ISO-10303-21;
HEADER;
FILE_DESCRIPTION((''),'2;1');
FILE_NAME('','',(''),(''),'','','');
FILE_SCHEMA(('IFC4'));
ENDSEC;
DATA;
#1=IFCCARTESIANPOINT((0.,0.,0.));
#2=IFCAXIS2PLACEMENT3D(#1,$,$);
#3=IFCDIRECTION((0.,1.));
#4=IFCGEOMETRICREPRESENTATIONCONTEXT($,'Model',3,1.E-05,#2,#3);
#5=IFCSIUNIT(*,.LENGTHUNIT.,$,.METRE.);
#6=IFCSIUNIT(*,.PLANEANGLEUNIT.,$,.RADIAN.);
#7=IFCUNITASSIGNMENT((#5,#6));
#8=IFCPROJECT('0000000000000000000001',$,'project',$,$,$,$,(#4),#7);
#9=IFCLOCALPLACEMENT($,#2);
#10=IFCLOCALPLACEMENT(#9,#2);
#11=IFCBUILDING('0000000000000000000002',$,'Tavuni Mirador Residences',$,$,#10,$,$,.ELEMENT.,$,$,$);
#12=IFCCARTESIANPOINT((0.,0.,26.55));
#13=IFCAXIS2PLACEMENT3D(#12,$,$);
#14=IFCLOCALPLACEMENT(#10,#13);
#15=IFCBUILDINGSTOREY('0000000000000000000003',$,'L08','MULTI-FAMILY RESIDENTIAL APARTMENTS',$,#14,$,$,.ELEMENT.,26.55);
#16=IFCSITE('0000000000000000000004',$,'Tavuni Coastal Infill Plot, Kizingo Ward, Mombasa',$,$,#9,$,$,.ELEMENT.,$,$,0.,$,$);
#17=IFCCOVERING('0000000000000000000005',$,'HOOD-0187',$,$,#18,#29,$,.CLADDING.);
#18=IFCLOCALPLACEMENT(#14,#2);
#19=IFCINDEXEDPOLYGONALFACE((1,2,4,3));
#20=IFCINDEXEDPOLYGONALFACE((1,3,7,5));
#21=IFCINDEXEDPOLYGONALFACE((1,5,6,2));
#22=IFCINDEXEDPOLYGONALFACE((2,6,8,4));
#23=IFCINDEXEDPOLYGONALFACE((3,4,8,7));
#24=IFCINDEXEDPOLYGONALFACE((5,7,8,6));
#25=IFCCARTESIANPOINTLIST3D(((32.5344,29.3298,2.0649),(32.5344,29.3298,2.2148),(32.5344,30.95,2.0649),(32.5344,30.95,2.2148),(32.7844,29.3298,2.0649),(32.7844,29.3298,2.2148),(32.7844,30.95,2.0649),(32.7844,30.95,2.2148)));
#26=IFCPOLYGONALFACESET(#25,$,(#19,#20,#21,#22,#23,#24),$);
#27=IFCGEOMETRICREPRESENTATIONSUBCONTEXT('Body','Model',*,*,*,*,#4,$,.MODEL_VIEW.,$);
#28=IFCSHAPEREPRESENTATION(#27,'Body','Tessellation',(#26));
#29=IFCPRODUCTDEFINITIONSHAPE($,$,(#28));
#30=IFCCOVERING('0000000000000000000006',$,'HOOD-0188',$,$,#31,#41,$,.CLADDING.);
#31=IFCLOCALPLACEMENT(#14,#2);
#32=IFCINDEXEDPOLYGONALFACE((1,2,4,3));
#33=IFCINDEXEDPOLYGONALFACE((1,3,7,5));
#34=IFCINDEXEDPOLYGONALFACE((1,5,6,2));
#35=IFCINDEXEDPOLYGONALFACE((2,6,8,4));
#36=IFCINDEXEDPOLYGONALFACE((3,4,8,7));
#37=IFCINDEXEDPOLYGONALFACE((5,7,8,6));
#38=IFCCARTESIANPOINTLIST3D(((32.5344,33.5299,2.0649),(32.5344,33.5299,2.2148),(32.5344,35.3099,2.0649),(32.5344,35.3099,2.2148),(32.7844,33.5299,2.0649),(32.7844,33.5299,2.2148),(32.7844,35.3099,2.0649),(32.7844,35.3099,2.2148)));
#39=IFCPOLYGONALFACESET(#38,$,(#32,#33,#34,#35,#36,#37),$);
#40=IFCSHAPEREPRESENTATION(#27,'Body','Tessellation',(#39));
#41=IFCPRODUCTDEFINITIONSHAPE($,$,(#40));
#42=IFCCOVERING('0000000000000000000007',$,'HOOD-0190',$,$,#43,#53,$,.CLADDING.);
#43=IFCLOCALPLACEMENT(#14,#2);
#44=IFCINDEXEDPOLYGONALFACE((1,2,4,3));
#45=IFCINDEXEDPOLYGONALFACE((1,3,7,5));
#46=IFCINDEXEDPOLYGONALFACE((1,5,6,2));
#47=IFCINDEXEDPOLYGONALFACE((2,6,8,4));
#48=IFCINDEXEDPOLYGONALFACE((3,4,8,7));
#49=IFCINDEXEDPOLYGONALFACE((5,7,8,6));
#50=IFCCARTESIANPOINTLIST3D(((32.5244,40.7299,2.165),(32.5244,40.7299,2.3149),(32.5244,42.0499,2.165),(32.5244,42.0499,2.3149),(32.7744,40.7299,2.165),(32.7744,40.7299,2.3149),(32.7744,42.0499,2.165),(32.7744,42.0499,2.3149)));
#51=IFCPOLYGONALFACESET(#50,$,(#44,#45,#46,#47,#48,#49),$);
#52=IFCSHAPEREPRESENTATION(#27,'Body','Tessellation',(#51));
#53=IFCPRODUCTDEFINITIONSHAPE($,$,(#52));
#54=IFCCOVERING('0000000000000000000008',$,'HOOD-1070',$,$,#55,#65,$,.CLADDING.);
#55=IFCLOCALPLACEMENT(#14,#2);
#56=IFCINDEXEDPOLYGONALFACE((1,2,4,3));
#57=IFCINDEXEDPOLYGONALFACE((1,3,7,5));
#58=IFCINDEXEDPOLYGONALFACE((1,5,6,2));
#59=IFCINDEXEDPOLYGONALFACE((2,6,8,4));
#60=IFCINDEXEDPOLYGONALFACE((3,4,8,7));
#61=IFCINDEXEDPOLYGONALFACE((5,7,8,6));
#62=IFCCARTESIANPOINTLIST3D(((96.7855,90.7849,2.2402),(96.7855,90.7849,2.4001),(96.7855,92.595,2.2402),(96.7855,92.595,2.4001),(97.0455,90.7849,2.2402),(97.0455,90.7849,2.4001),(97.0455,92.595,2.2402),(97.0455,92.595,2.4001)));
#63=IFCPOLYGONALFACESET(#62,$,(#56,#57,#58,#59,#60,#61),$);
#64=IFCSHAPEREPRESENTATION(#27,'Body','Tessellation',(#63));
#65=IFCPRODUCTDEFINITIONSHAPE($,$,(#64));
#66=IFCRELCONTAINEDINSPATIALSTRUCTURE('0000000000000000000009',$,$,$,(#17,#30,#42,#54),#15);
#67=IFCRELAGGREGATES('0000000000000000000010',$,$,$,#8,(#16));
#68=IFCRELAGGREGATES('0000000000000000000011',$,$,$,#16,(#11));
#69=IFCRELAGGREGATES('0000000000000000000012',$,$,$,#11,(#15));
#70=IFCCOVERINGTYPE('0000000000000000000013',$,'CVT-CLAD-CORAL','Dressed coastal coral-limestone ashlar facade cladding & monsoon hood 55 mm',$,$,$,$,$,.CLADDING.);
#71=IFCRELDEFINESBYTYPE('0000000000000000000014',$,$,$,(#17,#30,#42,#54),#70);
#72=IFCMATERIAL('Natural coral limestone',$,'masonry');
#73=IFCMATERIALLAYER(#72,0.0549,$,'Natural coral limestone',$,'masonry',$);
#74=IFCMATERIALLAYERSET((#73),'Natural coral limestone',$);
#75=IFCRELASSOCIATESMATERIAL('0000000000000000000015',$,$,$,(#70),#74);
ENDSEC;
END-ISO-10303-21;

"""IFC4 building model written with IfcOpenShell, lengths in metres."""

from ifc_helpers import new_model, si_unit, direction, frame, origin, origin_2d, place, context, subcontext, project, spatial, rectangle, extrude, material, layer, layer_set, type_object, element, save


model = new_model("IFC4")

# Units and contexts
model_context = context("Model", 3, precision=1e-05, world=origin(), true_north=direction((0.0, 1.0)))
body_context = subcontext(model_context, "Body", "Model", "MODEL_VIEW")
ifc_project = project(units=[si_unit("LENGTHUNIT", "METRE"), si_unit("PLANEANGLEUNIT", "RADIAN")], contexts=[model_context])

# Site, building, storey
site_placement = place(None, origin())
site = spatial("IfcSite", under=ifc_project, at=site_placement, Name="Tavuni Coastal Infill Plot, Kizingo Ward, Mombasa", CompositionType="ELEMENT", RefElevation=0.0)
building_placement = place(site_placement, origin())
building = spatial("IfcBuilding", under=site, at=building_placement, Name="Tavuni Mirador Residences", CompositionType="ELEMENT")
storey_placement = place(building_placement, frame((0.0, 0.0, 26.55)))
storey = spatial("IfcBuildingStorey", under=building, at=storey_placement, Name="L08", Description="MULTI-FAMILY RESIDENTIAL APARTMENTS", CompositionType="ELEMENT", Elevation=26.55)

# Coverings
ifc_material_1 = material(Name="Natural coral limestone", Category="masonry")
ifc_layer_1 = layer(ifc_material_1, 0.0549, Name="Natural coral limestone", Category="masonry")
ifc_layer_set_1 = layer_set([ifc_layer_1], Name="Natural coral limestone")
covering_type = type_object("IfcCoveringType", Name="CVT-CLAD-CORAL", Description="Dressed coastal coral-limestone ashlar facade cladding & monsoon hood 55 mm", PredefinedType="CLADDING", material=ifc_layer_set_1)
covering_1_placement = place(storey_placement, frame((32.6594, 30.1399, 2.0649), z_axis=(0.0, 0.0, 1.0), x_axis=(0.0, 1.0, 0.0)))
element("IfcCovering", 1, at=covering_1_placement, inside=storey, type_object=covering_type, Name="HOOD-0187", PredefinedType="CLADDING", context=body_context, shape_type="SweptSolid", body=[
    extrude(rectangle(XDim=1.6201, YDim=0.25, at=origin_2d()), origin(), (0.0, 0.0, 1.0), 0.1499),
])
covering_2_placement = place(storey_placement, frame((32.6594, 34.4199, 2.0649), z_axis=(0.0, 0.0, 1.0), x_axis=(0.0, 1.0, 0.0)))
element("IfcCovering", 2, at=covering_2_placement, inside=storey, type_object=covering_type, Name="HOOD-0188", PredefinedType="CLADDING", context=body_context, shape_type="SweptSolid", body=[
    extrude(rectangle(XDim=1.78, YDim=0.25, at=origin_2d()), origin(), (0.0, 0.0, 1.0), 0.1499),
])
covering_3_placement = place(storey_placement, frame((32.6494, 41.3899, 2.165), z_axis=(0.0, 0.0, 1.0), x_axis=(0.0, 1.0, 0.0)))
element("IfcCovering", 3, at=covering_3_placement, inside=storey, type_object=covering_type, Name="HOOD-0190", PredefinedType="CLADDING", context=body_context, shape_type="SweptSolid", body=[
    extrude(rectangle(XDim=1.3201, YDim=0.25, at=origin_2d()), origin(), (0.0, 0.0, 1.0), 0.1499),
])
covering_4_placement = place(storey_placement, frame((96.9155, 91.6899, 2.2402), z_axis=(0.0, 0.0, 1.0), x_axis=(0.0, -1.0, 0.0)))
element("IfcCovering", 4, at=covering_4_placement, inside=storey, type_object=covering_type, Name="HOOD-1070", PredefinedType="CLADDING", context=body_context, shape_type="SweptSolid", body=[
    extrude(rectangle(XDim=1.8101, YDim=0.26, at=origin_2d()), origin(), (0.0, 0.0, 1.0), 0.1599),
])

save(model, "model.ifc")
